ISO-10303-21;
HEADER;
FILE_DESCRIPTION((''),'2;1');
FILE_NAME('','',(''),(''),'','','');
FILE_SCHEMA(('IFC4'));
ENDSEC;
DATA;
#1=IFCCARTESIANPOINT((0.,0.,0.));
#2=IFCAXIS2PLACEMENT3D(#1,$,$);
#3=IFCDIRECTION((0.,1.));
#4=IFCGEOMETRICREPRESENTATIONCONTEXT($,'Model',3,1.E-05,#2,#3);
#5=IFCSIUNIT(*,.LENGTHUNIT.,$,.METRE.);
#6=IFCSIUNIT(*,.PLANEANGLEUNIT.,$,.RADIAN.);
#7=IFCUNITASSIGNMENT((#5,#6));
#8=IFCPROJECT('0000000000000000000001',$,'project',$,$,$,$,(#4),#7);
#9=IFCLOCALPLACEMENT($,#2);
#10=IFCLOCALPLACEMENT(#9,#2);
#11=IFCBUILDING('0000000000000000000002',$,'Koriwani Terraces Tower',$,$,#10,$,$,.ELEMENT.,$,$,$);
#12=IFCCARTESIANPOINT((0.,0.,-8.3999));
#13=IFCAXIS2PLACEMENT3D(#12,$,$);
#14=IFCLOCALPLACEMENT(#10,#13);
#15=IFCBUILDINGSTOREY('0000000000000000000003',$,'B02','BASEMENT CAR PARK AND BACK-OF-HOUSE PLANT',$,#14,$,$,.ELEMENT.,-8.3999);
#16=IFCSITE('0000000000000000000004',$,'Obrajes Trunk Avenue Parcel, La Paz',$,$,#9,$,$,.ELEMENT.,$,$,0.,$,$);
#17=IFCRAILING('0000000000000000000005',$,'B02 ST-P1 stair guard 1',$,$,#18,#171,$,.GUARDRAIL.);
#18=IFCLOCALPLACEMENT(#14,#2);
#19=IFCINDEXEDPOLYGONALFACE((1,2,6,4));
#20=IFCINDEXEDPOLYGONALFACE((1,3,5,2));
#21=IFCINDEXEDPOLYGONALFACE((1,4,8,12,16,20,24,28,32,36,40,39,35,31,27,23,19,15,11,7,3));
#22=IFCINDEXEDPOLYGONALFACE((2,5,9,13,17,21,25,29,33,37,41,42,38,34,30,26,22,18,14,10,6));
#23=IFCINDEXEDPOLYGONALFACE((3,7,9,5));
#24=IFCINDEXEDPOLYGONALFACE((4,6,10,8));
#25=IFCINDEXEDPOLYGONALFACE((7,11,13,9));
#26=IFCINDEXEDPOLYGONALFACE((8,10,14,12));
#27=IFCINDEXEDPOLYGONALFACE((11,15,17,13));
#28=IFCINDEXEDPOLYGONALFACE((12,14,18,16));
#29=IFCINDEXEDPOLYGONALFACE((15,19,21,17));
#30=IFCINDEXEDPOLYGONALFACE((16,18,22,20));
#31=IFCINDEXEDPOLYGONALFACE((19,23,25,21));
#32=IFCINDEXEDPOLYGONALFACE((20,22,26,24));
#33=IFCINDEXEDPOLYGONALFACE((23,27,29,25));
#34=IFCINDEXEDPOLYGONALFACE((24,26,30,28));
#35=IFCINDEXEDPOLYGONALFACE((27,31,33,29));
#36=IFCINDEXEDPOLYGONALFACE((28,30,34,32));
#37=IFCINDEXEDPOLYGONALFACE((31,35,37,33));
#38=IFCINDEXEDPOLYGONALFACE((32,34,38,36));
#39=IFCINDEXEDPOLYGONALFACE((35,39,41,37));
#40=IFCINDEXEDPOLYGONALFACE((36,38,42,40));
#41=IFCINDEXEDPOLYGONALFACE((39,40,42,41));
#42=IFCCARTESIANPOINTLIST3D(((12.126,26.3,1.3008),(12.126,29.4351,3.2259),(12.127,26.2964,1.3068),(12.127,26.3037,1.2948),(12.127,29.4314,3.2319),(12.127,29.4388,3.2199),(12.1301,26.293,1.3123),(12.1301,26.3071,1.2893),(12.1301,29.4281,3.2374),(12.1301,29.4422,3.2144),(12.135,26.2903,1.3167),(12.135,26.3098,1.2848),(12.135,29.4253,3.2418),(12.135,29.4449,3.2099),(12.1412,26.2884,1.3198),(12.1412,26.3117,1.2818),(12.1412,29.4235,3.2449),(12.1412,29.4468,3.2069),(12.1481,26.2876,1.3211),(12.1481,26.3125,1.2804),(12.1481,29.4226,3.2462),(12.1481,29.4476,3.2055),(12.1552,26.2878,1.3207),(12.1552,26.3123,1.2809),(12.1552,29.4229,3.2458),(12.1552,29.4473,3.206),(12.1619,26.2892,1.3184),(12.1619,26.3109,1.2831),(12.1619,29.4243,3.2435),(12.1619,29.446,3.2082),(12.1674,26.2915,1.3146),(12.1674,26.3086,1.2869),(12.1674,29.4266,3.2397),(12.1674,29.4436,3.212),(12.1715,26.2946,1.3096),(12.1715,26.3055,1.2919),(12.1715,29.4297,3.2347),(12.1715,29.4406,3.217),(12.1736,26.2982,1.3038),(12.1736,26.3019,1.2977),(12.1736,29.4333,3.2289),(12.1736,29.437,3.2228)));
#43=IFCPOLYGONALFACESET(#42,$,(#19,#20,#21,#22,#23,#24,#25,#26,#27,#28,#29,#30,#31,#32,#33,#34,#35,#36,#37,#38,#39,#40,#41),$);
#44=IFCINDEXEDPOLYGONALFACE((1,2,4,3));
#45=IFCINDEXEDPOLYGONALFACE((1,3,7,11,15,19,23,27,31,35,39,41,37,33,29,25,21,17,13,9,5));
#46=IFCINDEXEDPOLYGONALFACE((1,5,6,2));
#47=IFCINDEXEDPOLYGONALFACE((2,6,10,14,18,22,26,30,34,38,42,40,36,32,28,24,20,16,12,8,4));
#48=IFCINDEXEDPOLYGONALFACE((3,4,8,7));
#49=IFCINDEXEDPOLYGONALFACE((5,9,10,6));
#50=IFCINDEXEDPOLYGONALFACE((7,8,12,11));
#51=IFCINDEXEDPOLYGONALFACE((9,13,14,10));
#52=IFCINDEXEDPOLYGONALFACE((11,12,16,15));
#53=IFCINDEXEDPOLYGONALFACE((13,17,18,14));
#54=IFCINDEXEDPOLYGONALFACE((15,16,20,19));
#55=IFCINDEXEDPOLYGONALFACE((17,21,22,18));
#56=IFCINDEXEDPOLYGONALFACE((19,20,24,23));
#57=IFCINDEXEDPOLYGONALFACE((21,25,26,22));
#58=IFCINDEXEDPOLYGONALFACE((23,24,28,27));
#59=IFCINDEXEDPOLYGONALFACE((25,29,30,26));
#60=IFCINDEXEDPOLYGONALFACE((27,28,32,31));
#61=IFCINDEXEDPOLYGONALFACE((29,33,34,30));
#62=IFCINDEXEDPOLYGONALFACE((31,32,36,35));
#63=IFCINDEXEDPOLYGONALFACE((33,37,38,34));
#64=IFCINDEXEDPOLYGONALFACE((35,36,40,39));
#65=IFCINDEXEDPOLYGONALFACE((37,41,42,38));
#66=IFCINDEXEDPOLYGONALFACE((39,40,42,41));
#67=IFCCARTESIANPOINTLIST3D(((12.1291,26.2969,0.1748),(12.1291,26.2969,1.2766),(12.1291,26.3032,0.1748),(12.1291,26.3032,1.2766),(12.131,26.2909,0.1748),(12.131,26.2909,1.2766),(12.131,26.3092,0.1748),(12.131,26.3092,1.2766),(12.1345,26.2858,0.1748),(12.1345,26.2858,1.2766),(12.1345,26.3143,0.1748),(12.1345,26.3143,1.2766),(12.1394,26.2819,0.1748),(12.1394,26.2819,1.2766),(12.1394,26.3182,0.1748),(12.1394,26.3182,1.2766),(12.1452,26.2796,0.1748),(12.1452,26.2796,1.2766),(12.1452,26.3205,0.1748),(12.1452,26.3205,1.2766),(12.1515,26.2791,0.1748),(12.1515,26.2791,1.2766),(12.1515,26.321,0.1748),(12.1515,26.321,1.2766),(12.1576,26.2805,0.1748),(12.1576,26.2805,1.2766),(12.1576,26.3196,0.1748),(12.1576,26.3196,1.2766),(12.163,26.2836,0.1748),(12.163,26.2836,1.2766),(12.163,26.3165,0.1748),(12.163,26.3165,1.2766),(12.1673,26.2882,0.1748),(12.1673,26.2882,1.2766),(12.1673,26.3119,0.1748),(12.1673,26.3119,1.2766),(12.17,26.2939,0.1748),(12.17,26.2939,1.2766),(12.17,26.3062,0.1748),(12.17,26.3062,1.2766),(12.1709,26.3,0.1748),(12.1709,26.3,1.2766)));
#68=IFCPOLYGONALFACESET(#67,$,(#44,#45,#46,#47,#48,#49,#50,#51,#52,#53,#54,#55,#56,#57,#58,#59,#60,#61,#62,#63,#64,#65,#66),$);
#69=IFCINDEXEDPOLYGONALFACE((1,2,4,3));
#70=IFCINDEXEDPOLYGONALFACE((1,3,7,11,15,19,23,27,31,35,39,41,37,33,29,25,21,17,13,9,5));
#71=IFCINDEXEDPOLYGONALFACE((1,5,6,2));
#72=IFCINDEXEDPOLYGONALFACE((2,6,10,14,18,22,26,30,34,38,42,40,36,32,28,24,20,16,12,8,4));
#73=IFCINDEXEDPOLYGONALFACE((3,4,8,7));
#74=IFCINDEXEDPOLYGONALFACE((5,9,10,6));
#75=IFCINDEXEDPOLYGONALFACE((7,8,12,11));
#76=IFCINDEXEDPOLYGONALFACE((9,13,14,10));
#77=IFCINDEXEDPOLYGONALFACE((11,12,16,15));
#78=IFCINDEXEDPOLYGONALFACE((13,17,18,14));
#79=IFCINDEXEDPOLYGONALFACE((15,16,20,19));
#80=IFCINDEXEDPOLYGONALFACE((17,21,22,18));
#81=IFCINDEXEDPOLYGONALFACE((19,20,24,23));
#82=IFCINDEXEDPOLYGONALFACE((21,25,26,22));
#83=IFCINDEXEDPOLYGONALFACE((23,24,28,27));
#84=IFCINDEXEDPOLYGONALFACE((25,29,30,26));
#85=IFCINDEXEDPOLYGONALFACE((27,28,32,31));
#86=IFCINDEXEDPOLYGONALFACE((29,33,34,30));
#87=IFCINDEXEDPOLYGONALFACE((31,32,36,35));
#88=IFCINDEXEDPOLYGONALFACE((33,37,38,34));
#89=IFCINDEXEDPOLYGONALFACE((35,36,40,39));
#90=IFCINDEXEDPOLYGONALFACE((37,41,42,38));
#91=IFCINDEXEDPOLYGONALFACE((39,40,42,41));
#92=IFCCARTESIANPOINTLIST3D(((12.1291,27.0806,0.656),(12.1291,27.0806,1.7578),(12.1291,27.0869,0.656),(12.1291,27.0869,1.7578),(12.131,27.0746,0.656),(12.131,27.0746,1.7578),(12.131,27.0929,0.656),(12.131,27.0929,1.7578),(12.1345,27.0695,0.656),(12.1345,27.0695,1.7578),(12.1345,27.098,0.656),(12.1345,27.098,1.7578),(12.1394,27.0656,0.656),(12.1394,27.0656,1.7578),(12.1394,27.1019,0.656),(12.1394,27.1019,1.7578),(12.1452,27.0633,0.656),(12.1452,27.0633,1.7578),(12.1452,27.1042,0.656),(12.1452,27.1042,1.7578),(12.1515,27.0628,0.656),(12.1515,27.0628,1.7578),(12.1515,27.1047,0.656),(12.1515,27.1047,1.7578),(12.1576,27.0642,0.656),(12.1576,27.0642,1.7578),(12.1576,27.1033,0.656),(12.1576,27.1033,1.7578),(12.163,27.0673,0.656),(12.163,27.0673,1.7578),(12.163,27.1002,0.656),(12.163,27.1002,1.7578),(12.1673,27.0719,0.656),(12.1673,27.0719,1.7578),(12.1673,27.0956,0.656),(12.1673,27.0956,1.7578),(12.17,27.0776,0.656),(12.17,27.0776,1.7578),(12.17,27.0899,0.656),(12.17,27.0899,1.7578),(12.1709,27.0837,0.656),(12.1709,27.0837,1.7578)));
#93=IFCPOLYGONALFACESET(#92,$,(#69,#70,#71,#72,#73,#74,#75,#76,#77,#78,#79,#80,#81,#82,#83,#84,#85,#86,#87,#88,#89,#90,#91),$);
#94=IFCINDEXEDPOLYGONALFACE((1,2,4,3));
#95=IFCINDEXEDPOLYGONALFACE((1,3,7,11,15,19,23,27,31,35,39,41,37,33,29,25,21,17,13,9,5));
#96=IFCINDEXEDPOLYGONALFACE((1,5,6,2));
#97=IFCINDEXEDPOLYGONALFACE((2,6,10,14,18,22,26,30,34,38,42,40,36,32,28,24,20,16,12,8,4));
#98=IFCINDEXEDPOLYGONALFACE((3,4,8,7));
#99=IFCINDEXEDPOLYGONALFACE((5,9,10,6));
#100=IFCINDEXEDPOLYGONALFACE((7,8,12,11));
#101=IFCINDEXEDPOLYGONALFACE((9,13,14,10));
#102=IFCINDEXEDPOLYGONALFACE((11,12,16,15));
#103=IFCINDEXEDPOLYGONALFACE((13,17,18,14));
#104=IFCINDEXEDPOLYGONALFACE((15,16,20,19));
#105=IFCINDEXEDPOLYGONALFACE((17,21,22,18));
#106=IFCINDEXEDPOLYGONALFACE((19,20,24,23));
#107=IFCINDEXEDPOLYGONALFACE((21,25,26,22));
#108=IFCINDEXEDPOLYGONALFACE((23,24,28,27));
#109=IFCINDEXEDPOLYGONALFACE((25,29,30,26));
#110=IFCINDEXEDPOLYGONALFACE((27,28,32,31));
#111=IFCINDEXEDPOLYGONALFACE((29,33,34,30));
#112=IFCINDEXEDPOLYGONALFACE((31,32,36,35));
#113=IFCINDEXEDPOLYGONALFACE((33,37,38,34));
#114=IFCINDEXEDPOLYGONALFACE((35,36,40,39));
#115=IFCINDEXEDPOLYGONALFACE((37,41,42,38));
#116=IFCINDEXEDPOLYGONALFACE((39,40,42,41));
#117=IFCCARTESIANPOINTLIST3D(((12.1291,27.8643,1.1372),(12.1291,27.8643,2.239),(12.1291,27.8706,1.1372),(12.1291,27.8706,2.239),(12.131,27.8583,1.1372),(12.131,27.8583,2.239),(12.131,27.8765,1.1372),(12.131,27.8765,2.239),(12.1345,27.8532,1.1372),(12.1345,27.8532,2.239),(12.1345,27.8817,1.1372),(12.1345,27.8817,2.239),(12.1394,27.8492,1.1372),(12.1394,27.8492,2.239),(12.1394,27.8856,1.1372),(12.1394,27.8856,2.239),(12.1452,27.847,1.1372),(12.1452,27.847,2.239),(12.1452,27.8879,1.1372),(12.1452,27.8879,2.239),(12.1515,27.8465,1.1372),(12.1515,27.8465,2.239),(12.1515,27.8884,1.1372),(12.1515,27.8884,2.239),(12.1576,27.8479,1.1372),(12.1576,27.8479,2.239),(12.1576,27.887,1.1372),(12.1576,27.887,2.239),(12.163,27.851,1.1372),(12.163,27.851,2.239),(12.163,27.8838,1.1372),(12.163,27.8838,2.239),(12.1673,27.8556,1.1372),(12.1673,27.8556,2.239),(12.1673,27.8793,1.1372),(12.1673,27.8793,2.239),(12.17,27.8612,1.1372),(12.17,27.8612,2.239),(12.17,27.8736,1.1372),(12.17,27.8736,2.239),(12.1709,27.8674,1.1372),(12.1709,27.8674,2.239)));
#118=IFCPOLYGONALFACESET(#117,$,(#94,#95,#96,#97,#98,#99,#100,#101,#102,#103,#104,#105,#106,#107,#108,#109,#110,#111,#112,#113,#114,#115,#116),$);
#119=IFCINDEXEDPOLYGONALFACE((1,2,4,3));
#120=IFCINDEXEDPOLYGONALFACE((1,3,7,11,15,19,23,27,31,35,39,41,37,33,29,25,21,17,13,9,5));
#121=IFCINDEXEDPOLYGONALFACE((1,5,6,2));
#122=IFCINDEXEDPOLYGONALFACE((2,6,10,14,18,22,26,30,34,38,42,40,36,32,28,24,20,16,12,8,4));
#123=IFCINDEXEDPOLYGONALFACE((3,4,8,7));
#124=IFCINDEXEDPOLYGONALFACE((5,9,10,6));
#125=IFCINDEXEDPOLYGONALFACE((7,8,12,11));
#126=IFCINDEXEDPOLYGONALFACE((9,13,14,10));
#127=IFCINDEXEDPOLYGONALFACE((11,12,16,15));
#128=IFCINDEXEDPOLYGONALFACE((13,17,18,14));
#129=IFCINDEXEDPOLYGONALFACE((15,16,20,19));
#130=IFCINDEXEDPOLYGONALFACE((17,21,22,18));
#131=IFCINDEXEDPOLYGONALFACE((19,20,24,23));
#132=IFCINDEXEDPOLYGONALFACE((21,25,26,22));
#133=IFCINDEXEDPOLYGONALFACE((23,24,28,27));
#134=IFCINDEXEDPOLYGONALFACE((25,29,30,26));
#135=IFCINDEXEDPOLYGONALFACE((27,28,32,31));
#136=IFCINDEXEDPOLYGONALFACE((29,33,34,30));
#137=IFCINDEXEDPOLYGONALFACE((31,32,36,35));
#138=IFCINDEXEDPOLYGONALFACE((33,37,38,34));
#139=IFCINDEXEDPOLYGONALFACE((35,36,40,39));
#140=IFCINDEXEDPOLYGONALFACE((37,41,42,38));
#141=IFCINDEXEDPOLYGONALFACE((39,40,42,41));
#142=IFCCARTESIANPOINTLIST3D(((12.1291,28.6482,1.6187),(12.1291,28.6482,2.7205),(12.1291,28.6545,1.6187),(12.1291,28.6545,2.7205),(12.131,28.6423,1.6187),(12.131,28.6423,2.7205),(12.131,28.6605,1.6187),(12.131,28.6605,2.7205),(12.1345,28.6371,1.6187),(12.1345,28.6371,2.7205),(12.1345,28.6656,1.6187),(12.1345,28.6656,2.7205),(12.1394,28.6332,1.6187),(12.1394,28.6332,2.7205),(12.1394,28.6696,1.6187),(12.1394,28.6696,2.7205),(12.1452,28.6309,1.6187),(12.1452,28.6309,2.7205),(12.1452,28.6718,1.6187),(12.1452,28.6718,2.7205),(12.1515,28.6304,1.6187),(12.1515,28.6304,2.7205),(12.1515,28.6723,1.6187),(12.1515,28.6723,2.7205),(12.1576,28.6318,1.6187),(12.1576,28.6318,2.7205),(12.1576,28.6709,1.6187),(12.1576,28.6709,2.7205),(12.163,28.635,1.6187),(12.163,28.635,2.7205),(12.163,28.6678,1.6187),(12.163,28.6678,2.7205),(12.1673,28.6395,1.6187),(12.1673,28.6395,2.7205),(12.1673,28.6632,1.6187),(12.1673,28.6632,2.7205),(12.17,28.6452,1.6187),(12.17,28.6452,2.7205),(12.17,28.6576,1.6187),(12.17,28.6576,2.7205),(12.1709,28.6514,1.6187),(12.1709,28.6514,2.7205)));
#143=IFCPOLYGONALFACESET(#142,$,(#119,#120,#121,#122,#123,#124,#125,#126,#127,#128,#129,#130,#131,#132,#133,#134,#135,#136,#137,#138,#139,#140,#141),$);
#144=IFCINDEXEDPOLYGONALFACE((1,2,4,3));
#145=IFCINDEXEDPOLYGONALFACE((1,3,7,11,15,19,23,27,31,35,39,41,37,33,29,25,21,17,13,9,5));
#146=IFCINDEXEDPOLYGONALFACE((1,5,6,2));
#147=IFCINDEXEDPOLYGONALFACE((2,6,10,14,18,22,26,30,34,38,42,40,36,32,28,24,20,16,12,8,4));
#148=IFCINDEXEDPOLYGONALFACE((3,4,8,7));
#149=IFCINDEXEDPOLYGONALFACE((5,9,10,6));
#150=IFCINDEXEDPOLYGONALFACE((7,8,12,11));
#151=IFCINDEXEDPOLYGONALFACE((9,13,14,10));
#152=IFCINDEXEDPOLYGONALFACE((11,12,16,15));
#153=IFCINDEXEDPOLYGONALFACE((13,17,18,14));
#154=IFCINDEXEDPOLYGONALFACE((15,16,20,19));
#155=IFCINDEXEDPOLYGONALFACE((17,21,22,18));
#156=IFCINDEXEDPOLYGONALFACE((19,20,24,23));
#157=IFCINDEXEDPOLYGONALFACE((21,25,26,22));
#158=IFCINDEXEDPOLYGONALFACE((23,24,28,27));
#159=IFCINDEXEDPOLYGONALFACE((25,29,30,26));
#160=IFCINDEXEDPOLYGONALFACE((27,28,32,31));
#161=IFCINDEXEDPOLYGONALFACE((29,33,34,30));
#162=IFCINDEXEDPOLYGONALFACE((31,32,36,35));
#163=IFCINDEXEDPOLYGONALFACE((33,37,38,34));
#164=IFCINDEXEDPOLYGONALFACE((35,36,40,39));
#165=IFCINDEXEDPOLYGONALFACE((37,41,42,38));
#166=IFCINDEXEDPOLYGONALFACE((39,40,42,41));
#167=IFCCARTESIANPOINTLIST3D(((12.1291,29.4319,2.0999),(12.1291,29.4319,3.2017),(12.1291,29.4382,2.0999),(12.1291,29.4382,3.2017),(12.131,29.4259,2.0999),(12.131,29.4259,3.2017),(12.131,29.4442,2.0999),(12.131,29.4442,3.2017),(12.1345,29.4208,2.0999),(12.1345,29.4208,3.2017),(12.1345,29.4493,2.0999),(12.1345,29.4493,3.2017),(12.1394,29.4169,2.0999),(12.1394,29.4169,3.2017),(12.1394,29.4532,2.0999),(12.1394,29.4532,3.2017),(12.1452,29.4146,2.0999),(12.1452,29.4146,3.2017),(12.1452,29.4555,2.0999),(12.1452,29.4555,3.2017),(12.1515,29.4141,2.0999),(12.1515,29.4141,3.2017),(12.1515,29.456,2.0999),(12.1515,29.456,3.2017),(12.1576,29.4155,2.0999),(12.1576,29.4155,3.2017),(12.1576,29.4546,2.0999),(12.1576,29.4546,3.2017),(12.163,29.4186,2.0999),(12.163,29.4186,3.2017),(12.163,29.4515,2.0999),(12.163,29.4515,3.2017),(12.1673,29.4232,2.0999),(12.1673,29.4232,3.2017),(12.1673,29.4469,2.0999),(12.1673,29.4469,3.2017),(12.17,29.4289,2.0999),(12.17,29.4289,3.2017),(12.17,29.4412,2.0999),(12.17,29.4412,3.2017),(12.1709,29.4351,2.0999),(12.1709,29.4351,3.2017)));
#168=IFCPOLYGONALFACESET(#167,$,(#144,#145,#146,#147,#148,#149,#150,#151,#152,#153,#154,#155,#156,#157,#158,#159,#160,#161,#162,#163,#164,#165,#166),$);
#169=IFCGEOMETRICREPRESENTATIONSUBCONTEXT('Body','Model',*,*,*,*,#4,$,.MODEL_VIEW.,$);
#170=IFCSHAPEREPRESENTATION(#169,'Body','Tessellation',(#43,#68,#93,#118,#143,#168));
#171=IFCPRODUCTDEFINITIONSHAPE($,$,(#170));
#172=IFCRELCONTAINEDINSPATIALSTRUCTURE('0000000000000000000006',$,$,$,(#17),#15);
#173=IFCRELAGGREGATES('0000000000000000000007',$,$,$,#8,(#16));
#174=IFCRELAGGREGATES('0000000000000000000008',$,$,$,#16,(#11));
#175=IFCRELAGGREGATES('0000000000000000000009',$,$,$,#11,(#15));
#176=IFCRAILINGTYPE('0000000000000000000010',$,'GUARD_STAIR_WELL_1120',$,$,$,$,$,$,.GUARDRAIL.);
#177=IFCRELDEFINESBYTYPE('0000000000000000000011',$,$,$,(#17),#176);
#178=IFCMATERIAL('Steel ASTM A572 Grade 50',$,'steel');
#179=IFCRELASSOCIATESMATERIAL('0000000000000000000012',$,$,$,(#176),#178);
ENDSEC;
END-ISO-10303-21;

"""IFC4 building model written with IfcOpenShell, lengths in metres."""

from ifc_helpers import new_model, si_unit, direction, frame, origin, origin_2d, place, context, subcontext, project, spatial, circle, extrude, material, type_object, element, save


model = new_model("IFC4")

# Units and contexts
model_context = context("Model", 3, precision=1e-05, world=origin(), true_north=direction((0.0, 1.0)))
body_context = subcontext(model_context, "Body", "Model", "MODEL_VIEW")
ifc_project = project(units=[si_unit("LENGTHUNIT", "METRE"), si_unit("PLANEANGLEUNIT", "RADIAN")], contexts=[model_context])

# Site, building, storey
site_placement = place(None, origin())
site = spatial("IfcSite", under=ifc_project, at=site_placement, Name="Obrajes Trunk Avenue Parcel, La Paz", CompositionType="ELEMENT", RefElevation=0.0)
building_placement = place(site_placement, origin())
building = spatial("IfcBuilding", under=site, at=building_placement, Name="Koriwani Terraces Tower", CompositionType="ELEMENT")
storey_placement = place(building_placement, frame((0.0, 0.0, -8.3999)))
storey = spatial("IfcBuildingStorey", under=building, at=storey_placement, Name="B02", Description="BASEMENT CAR PARK AND BACK-OF-HOUSE PLANT", CompositionType="ELEMENT", Elevation=-8.3999)

# Shared definitions
ifc_material_1 = material(Name="Steel ASTM A572 Grade 50", Category="steel")

# Railing
railing_type_1 = type_object("IfcRailingType", Name="GUARD_STAIR_WELL_1120", PredefinedType="GUARDRAIL", material=ifc_material_1)
railing_1_placement = place(storey_placement, frame((12.1499, 26.3, 0.1748)))
element("IfcRailing", 1, at=railing_1_placement, inside=storey, type_object=railing_type_1, Name="B02 ST-P1 stair guard 1", PredefinedType="GUARDRAIL", context=body_context, shape_type="SweptSolid", body=[
    extrude(circle(Radius=0.0239, at=origin_2d()), frame((0.0, 0.0, 1.126), z_axis=(0.0, 0.852166, 0.523271), x_axis=(-1.0, 0.0, 0.0)), (0.0, 0.0, 1.0), 3.679),
    extrude(circle(Radius=0.021, at=origin_2d()), origin(), (0.0, 0.0, 1.0), 1.1018),
    extrude(circle(Radius=0.021, at=origin_2d()), frame((0.0, 0.7837, 0.4812)), (0.0, 0.0, 1.0), 1.1018),
    extrude(circle(Radius=0.021, at=origin_2d()), frame((0.0, 1.5674, 0.9624)), (0.0, 0.0, 1.0), 1.1018),
    extrude(circle(Radius=0.021, at=origin_2d()), frame((0.0, 2.3513, 1.4438)), (0.0, 0.0, 1.0), 1.1018),
    extrude(circle(Radius=0.021, at=origin_2d()), frame((0.0, 3.135, 1.925)), (0.0, 0.0, 1.0), 1.1018),
])

save(model, "model.ifc")
